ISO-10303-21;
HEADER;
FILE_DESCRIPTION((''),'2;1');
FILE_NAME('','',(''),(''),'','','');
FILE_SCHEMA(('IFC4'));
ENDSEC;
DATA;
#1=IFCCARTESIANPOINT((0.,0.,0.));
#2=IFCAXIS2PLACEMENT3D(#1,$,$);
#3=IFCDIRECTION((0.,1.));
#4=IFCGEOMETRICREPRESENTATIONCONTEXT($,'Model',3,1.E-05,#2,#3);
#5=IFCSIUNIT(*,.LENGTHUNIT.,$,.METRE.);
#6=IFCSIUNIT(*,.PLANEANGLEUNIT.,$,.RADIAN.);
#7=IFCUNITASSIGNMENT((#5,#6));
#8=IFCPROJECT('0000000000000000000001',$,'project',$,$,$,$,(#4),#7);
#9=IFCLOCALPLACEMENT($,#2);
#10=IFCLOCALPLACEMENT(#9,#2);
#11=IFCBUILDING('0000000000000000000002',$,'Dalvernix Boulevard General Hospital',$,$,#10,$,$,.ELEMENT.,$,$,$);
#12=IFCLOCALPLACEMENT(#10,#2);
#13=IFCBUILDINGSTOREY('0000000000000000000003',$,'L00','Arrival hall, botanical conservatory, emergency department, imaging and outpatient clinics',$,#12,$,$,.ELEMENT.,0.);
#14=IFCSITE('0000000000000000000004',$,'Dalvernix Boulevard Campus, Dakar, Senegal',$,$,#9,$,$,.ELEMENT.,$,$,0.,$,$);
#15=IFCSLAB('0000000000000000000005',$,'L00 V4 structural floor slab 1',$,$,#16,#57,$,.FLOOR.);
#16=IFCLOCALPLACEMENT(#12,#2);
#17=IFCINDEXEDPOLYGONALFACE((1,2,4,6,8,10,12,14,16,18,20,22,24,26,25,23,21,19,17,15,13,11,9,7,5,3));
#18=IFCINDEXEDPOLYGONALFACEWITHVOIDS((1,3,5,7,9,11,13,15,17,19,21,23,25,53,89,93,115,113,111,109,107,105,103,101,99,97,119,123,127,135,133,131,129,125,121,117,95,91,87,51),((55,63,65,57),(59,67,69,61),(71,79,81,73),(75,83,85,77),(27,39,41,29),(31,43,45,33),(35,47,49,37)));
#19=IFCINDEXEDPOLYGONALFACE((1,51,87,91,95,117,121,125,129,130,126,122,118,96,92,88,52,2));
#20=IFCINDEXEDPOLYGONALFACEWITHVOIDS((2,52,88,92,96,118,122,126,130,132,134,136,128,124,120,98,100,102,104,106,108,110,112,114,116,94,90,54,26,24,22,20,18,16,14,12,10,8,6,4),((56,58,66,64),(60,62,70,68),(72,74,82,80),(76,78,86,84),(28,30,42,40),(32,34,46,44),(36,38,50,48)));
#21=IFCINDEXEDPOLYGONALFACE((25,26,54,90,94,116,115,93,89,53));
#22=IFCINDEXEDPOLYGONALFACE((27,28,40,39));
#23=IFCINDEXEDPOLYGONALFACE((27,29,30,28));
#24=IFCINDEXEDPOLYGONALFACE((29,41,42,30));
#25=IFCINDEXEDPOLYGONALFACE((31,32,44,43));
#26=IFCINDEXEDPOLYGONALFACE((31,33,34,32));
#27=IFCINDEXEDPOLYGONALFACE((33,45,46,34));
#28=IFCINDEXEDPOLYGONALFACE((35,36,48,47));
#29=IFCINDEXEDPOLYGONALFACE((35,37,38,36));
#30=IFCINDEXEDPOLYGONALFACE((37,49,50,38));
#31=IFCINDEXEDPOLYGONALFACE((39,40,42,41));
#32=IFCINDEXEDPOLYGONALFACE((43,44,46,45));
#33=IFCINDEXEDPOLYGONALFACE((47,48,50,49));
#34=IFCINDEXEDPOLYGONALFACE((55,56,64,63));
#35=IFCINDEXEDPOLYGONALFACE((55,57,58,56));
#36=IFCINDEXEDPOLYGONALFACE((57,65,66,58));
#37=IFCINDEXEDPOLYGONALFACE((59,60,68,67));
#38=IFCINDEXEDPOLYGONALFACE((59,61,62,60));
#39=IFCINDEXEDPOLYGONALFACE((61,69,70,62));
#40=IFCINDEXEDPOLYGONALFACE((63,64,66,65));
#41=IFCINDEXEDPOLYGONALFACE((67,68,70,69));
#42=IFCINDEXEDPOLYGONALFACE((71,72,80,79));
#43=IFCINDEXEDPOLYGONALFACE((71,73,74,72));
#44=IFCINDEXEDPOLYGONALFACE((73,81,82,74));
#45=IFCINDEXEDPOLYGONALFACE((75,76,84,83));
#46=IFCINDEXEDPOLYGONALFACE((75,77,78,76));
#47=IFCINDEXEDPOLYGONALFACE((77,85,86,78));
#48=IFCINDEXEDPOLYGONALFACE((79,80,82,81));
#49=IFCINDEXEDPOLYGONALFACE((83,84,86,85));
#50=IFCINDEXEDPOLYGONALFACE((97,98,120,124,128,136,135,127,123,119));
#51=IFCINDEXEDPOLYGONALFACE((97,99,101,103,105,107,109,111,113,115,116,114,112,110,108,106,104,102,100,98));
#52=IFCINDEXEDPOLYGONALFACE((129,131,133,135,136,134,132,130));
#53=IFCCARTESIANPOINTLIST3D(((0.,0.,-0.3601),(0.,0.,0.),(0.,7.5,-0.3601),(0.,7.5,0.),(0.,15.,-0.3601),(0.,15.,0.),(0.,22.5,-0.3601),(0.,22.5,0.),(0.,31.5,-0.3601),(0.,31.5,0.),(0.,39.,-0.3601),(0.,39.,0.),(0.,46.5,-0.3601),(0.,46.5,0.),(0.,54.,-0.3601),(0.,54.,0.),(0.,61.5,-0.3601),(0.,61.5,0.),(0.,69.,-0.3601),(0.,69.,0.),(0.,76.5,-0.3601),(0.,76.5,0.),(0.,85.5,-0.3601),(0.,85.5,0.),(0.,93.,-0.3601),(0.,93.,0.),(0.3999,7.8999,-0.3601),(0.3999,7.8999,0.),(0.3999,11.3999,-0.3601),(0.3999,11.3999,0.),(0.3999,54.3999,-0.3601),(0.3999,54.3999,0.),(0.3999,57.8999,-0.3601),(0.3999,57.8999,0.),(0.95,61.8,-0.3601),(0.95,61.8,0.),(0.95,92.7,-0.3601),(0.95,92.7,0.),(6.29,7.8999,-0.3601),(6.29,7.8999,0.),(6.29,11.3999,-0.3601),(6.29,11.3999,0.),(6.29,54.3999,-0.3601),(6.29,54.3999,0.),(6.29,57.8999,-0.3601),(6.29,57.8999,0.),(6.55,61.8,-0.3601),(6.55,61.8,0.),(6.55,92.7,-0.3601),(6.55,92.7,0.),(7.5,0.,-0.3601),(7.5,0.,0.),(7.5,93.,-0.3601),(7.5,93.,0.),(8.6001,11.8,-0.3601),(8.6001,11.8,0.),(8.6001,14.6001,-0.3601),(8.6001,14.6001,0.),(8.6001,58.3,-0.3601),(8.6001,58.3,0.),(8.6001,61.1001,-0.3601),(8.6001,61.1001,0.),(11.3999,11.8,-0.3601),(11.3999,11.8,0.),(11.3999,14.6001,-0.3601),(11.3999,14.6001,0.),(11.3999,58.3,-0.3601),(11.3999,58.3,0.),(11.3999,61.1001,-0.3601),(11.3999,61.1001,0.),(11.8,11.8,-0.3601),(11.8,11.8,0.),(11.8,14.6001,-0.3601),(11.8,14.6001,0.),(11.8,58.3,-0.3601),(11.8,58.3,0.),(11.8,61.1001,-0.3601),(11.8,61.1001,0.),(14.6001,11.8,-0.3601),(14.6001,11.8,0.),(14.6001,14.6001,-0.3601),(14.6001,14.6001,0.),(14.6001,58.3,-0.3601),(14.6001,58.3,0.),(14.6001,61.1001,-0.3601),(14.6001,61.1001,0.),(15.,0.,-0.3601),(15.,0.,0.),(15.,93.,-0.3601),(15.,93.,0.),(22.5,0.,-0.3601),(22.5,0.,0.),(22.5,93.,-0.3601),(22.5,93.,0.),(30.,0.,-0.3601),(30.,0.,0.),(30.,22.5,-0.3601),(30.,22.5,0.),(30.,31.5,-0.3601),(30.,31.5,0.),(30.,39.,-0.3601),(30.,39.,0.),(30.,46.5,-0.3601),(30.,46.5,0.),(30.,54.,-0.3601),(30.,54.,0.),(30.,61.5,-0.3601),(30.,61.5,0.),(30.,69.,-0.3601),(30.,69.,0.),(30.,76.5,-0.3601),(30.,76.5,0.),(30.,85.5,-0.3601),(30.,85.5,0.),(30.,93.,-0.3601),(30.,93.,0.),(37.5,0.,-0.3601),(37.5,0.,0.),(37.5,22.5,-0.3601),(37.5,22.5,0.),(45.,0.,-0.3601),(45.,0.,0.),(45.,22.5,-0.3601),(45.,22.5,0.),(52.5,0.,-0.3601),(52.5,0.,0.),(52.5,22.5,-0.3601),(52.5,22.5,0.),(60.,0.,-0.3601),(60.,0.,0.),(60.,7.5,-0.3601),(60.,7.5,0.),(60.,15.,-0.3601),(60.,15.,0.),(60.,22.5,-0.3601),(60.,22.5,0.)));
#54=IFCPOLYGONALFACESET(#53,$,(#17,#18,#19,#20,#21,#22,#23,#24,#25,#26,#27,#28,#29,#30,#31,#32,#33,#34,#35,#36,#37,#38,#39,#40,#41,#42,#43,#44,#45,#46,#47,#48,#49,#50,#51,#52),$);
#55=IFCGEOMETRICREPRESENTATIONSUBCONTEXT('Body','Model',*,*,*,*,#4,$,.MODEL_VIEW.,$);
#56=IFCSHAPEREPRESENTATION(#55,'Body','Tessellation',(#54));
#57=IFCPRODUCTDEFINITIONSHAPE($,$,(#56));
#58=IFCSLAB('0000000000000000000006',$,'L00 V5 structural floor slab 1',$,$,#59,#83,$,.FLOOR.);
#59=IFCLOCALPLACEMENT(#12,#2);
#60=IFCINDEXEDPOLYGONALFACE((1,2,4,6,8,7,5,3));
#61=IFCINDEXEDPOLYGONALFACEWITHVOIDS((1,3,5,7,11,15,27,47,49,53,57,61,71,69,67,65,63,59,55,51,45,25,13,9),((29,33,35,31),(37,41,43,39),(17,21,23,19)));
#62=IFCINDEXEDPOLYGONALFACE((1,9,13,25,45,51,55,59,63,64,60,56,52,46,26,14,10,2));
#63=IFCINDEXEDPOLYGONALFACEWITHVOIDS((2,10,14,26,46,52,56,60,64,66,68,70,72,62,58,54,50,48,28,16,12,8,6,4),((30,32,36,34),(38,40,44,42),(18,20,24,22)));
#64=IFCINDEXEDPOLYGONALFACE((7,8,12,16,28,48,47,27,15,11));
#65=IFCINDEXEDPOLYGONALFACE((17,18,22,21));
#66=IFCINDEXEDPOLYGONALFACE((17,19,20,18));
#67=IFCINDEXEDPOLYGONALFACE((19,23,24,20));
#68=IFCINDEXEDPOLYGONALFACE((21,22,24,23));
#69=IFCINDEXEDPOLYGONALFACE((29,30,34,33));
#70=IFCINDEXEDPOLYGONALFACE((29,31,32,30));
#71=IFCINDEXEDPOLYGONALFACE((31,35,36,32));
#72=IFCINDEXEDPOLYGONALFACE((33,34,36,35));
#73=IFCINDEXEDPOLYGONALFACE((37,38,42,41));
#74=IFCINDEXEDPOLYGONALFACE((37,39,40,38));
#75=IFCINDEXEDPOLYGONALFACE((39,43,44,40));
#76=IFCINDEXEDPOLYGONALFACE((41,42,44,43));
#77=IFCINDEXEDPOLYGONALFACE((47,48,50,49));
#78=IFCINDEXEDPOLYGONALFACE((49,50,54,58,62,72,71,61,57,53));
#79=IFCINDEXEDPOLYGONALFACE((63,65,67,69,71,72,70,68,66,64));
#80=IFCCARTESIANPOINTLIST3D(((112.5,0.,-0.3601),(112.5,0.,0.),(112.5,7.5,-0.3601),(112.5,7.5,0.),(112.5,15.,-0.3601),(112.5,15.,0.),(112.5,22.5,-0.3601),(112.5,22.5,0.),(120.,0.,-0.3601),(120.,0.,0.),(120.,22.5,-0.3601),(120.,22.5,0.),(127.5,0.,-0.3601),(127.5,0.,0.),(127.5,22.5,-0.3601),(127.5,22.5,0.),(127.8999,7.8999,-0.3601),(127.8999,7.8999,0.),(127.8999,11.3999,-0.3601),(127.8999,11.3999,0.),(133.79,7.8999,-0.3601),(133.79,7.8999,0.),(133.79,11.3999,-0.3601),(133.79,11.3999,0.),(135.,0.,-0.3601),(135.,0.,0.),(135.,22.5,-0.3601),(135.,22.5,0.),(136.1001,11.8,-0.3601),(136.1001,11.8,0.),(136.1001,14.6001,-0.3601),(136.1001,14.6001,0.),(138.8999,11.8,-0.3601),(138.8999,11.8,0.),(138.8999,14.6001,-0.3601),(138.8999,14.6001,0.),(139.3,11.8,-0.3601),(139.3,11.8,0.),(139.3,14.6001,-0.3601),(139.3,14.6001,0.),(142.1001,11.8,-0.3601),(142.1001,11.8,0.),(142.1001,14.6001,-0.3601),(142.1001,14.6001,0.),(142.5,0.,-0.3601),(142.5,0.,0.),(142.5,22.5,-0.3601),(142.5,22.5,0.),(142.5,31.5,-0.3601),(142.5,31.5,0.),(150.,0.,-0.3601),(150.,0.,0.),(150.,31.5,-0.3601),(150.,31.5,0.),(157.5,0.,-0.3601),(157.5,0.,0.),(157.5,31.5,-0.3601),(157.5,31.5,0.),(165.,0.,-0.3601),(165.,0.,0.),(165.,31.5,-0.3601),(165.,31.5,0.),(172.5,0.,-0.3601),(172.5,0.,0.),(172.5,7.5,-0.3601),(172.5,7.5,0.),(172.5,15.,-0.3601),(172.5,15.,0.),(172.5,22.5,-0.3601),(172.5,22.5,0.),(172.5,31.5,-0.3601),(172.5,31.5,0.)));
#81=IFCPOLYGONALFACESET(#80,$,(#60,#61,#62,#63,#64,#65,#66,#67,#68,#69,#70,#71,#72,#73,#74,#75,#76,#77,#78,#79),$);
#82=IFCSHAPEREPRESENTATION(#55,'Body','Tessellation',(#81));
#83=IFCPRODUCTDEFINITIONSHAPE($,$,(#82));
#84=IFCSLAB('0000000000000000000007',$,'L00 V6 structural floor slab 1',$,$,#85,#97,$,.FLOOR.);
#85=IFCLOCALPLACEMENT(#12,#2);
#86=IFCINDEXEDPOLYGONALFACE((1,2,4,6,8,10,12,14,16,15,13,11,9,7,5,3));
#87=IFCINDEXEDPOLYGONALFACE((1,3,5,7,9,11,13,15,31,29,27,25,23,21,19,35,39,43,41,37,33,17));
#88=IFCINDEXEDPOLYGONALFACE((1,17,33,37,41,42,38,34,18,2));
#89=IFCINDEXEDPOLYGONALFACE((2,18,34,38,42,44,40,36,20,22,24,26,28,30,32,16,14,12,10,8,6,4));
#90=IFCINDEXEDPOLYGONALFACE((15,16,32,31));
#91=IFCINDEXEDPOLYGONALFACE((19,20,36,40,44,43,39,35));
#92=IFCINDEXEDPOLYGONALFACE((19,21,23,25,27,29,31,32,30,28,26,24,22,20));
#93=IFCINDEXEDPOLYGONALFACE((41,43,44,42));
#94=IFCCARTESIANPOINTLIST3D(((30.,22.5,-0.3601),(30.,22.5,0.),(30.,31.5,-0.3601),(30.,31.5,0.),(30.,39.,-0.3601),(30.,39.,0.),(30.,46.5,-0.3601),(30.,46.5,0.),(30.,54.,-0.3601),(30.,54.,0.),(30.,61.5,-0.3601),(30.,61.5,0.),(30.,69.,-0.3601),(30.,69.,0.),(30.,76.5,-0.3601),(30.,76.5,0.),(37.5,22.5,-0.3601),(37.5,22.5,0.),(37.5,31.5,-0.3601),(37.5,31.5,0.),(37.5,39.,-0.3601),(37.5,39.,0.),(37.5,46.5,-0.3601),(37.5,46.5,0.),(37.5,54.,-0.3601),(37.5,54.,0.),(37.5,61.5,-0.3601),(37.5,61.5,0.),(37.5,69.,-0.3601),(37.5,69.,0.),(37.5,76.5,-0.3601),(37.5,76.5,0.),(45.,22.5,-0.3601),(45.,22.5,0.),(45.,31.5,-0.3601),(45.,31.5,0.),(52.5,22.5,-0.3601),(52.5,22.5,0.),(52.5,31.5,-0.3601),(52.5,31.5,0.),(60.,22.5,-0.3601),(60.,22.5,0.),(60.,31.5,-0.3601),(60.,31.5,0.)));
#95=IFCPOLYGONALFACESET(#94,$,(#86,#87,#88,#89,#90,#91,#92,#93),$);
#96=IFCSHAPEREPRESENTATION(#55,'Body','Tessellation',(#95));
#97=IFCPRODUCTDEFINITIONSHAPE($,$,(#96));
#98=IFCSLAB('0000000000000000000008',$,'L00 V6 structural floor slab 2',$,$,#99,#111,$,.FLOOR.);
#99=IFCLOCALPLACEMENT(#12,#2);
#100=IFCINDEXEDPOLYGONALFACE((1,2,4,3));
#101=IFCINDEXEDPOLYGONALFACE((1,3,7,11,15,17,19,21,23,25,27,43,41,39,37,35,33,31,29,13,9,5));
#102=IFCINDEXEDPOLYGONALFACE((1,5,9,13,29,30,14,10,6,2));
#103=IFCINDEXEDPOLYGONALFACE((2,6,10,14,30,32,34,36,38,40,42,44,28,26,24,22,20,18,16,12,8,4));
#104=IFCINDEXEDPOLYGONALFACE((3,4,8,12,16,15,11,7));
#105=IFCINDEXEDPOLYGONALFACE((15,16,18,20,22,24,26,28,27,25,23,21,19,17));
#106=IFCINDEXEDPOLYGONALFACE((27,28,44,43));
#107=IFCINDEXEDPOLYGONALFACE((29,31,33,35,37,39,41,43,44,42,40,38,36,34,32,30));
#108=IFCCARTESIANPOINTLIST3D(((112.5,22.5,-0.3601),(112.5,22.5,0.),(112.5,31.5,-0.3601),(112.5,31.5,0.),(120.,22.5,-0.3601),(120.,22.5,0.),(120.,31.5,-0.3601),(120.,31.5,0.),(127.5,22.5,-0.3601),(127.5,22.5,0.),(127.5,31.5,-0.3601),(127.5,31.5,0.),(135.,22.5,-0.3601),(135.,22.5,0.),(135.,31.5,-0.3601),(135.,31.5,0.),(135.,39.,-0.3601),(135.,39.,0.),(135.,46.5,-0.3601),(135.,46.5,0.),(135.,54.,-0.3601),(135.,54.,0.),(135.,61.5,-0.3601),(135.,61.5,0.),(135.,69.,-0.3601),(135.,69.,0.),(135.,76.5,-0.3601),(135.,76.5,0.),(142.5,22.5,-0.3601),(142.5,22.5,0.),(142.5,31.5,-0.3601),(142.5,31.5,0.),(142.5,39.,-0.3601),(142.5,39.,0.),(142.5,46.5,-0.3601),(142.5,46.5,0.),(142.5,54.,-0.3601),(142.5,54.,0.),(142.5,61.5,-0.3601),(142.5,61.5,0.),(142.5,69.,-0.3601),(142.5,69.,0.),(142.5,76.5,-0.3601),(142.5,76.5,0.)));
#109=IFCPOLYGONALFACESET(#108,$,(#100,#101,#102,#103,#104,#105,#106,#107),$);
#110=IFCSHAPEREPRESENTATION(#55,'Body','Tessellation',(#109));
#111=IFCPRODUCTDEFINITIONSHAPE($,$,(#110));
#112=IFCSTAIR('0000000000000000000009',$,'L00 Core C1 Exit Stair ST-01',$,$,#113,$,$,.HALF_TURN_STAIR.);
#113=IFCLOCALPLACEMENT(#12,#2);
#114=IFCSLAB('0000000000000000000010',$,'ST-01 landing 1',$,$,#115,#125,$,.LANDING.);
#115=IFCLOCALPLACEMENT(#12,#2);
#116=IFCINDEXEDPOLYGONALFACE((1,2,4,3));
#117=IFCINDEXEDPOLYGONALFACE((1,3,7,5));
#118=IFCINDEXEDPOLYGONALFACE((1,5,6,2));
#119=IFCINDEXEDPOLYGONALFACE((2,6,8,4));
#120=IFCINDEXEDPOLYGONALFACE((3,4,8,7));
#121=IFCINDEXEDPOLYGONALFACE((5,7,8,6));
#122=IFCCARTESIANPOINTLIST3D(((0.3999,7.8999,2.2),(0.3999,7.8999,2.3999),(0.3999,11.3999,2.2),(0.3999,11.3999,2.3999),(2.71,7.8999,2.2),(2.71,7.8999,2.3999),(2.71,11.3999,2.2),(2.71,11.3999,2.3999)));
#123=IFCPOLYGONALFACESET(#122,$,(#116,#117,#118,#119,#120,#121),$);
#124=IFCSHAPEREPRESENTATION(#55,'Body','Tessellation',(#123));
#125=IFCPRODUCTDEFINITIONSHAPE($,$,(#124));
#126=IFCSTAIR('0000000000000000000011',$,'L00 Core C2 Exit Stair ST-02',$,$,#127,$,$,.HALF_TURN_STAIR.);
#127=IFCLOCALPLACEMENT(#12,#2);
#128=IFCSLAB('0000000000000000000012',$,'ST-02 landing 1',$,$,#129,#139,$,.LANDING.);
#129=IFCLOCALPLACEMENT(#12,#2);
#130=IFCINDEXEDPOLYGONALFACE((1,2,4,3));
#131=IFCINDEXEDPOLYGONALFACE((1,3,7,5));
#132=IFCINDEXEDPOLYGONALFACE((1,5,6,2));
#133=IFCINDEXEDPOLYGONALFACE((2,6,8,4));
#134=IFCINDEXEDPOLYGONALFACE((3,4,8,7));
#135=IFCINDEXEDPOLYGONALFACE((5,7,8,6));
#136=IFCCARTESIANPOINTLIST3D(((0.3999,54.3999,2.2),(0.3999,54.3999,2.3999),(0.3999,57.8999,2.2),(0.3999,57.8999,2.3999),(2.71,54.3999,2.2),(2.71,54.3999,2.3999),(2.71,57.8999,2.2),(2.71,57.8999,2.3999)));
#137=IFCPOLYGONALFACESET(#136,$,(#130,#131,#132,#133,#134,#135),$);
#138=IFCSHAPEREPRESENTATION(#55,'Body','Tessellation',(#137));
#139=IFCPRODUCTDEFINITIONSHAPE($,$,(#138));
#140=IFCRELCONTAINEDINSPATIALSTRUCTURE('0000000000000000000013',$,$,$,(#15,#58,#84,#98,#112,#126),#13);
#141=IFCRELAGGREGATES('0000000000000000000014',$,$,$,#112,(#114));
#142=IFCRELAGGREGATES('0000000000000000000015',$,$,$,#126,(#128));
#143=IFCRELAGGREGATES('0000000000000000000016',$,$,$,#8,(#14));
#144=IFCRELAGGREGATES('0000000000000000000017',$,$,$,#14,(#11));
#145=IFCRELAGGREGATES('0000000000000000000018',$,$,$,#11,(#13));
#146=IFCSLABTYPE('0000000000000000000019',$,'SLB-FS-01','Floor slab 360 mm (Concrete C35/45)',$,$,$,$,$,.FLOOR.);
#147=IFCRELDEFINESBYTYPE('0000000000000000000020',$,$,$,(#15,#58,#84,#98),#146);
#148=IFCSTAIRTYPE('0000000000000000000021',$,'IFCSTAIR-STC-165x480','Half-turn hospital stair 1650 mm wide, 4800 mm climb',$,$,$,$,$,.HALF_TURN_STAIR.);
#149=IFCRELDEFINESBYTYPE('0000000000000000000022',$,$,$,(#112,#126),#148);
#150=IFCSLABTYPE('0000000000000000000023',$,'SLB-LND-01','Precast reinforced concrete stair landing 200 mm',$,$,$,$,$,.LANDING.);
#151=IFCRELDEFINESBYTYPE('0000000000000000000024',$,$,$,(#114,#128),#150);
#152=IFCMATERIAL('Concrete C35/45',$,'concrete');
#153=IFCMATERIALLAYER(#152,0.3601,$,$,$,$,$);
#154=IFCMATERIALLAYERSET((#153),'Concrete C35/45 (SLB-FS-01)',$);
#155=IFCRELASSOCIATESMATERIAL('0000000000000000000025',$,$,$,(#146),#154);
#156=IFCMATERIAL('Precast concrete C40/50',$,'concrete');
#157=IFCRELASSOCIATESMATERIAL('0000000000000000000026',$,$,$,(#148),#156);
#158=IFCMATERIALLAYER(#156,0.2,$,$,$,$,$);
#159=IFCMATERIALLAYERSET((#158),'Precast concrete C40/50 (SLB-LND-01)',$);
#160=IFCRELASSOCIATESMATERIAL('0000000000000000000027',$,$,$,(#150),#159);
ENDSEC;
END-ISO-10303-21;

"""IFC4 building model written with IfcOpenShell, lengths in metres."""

from ifc_helpers import new_model, si_unit, direction, frame, origin, place, context, subcontext, project, spatial, polyline, outline, extrude, material, layer, layer_set, type_object, element, aggregate, save


model = new_model("IFC4")

# Units and contexts
model_context = context("Model", 3, precision=1e-05, world=origin(), true_north=direction((0.0, 1.0)))
body_context = subcontext(model_context, "Body", "Model", "MODEL_VIEW")
ifc_project = project(units=[si_unit("LENGTHUNIT", "METRE"), si_unit("PLANEANGLEUNIT", "RADIAN")], contexts=[model_context])

# Site, building, storey
site_placement = place(None, origin())
site = spatial("IfcSite", under=ifc_project, at=site_placement, Name="Dalvernix Boulevard Campus, Dakar, Senegal", CompositionType="ELEMENT", RefElevation=0.0)
building_placement = place(site_placement, origin())
building = spatial("IfcBuilding", under=site, at=building_placement, Name="Dalvernix Boulevard General Hospital", CompositionType="ELEMENT")
storey_placement = place(building_placement, origin())
storey = spatial("IfcBuildingStorey", under=building, at=storey_placement, Name="L00", Description="Arrival hall, botanical conservatory, emergency department, imaging and outpatient clinics", CompositionType="ELEMENT", Elevation=0.0)

# Shared definitions
ifc_material_1 = material(Name="Concrete C35/45", Category="concrete")

# Slabs
ifc_layer_1 = layer(ifc_material_1, 0.3601)
ifc_layer_set_1 = layer_set([ifc_layer_1], Name="Concrete C35/45 (SLB-FS-01)")
slab_type_1 = type_object("IfcSlabType", Name="SLB-FS-01", Description="Floor slab 360 mm (Concrete C35/45)", PredefinedType="FLOOR", material=ifc_layer_set_1)
slab_1_placement = place(storey_placement, frame((0.0, 0.0, -0.3601)))
element("IfcSlab", 1, at=slab_1_placement, inside=storey, type_object=slab_type_1, Name="L00 V4 structural floor slab 1", PredefinedType="FLOOR", context=body_context, shape_type="SweptSolid", body=[
    extrude(outline(polyline([(0.0, 76.5), (0.0, 85.5), (0.0, 93.0), (7.5, 93.0), (15.0, 93.0), (22.5, 93.0), (30.0, 93.0), (30.0, 85.5), (30.0, 76.5), (30.0, 69.0), (30.0, 61.5), (30.0, 54.0), (30.0, 46.5), (30.0, 39.0), (30.0, 31.5), (30.0, 22.5), (37.5, 22.5), (45.0, 22.5), (52.5, 22.5), (60.0, 22.5), (60.0, 15.0), (60.0, 7.5), (60.0, 0.0), (52.5, 0.0), (45.0, 0.0), (37.5, 0.0), (30.0, 0.0), (22.5, 0.0), (15.0, 0.0), (7.5, 0.0), (0.0, 0.0), (0.0, 7.5), (0.0, 15.0), (0.0, 22.5), (0.0, 31.5), (0.0, 39.0), (0.0, 46.5), (0.0, 54.0), (0.0, 61.5), (0.0, 69.0), (0.0, 76.5)]), holes=[polyline([(0.3999, 7.8999), (6.29, 7.8999), (6.29, 11.3999), (0.3999, 11.3999), (0.3999, 7.8999)]), polyline([(8.6001, 14.6001), (8.6001, 11.8), (11.3999, 11.8), (11.3999, 14.6001), (8.6001, 14.6001)]), polyline([(14.6001, 14.6001), (11.8, 14.6001), (11.8, 11.8), (14.6001, 11.8), (14.6001, 14.6001)]), polyline([(6.29, 54.3999), (6.29, 57.8999), (0.3999, 57.8999), (0.3999, 54.3999), (6.29, 54.3999)]), polyline([(8.6001, 58.3), (11.3999, 58.3), (11.3999, 61.1001), (8.6001, 61.1001), (8.6001, 58.3)]), polyline([(11.8, 61.1001), (11.8, 58.3), (14.6001, 58.3), (14.6001, 61.1001), (11.8, 61.1001)]), polyline([(6.55, 61.8), (6.55, 92.7), (0.95, 92.7), (0.95, 61.8), (6.55, 61.8)])]), origin(), (0.0, 0.0, 1.0), 0.3601),
])
slab_2_placement = place(storey_placement, frame((0.0, 0.0, -0.3601)))
element("IfcSlab", 2, at=slab_2_placement, inside=storey, type_object=slab_type_1, Name="L00 V5 structural floor slab 1", PredefinedType="FLOOR", context=body_context, shape_type="SweptSolid", body=[
    extrude(outline(polyline([(135.0, 22.5), (142.5, 22.5), (142.5, 31.5), (150.0, 31.5), (157.5, 31.5), (165.0, 31.5), (172.5, 31.5), (172.5, 22.5), (172.5, 15.0), (172.5, 7.5), (172.5, 0.0), (165.0, 0.0), (157.5, 0.0), (150.0, 0.0), (142.5, 0.0), (135.0, 0.0), (127.5, 0.0), (120.0, 0.0), (112.5, 0.0), (112.5, 7.5), (112.5, 15.0), (112.5, 22.5), (120.0, 22.5), (127.5, 22.5), (135.0, 22.5)]), holes=[polyline([(127.8999, 7.8999), (133.79, 7.8999), (133.79, 11.3999), (127.8999, 11.3999), (127.8999, 7.8999)]), polyline([(136.1001, 14.6001), (136.1001, 11.8), (138.8999, 11.8), (138.8999, 14.6001), (136.1001, 14.6001)]), polyline([(142.1001, 14.6001), (139.3, 14.6001), (139.3, 11.8), (142.1001, 11.8), (142.1001, 14.6001)])]), origin(), (0.0, 0.0, 1.0), 0.3601),
])
slab_3_placement = place(storey_placement, frame((0.0, 0.0, -0.3601)))
element("IfcSlab", 3, at=slab_3_placement, inside=storey, type_object=slab_type_1, Name="L00 V6 structural floor slab 1", PredefinedType="FLOOR", context=body_context, shape_type="SweptSolid", body=[
    extrude(outline(polyline([(30.0, 46.5), (30.0, 54.0), (30.0, 61.5), (30.0, 69.0), (30.0, 76.5), (37.5, 76.5), (37.5, 69.0), (37.5, 61.5), (37.5, 54.0), (37.5, 46.5), (37.5, 39.0), (37.5, 31.5), (45.0, 31.5), (52.5, 31.5), (60.0, 31.5), (60.0, 22.5), (52.5, 22.5), (45.0, 22.5), (37.5, 22.5), (30.0, 22.5), (30.0, 31.5), (30.0, 39.0), (30.0, 46.5)])), origin(), (0.0, 0.0, 1.0), 0.3601),
])
slab_4_placement = place(storey_placement, frame((0.0, 0.0, -0.3601)))
element("IfcSlab", 4, at=slab_4_placement, inside=storey, type_object=slab_type_1, Name="L00 V6 structural floor slab 2", PredefinedType="FLOOR", context=body_context, shape_type="SweptSolid", body=[
    extrude(outline(polyline([(127.5, 31.5), (135.0, 31.5), (135.0, 39.0), (135.0, 46.5), (135.0, 54.0), (135.0, 61.5), (135.0, 69.0), (135.0, 76.5), (142.5, 76.5), (142.5, 69.0), (142.5, 61.5), (142.5, 54.0), (142.5, 46.5), (142.5, 39.0), (142.5, 31.5), (142.5, 22.5), (135.0, 22.5), (127.5, 22.5), (120.0, 22.5), (112.5, 22.5), (112.5, 31.5), (120.0, 31.5), (127.5, 31.5)])), origin(), (0.0, 0.0, 1.0), 0.3601),
])

# Stairs, slabs
ifc_material_2 = material(Name="Precast concrete C40/50", Category="concrete")
stair_type_1 = type_object("IfcStairType", Name="IFCSTAIR-STC-165x480", Description="Half-turn hospital stair 1650 mm wide, 4800 mm climb", PredefinedType="HALF_TURN_STAIR", material=ifc_material_2)
stair_1_placement = place(storey_placement, origin())
stair_1 = element("IfcStair", 5, at=stair_1_placement, inside=storey, type_object=stair_type_1, Name="L00 Core C1 Exit Stair ST-01", PredefinedType="HALF_TURN_STAIR")
ifc_layer_2 = layer(ifc_material_2, 0.2)
ifc_layer_set_2 = layer_set([ifc_layer_2], Name="Precast concrete C40/50 (SLB-LND-01)")
slab_type_2 = type_object("IfcSlabType", Name="SLB-LND-01", Description="Precast reinforced concrete stair landing 200 mm", PredefinedType="LANDING", material=ifc_layer_set_2)
slab_5_placement = place(storey_placement, frame((0.0, 0.0, 2.2)))
slab_5 = element("IfcSlab", 6, at=slab_5_placement, type_object=slab_type_2, Name="ST-01 landing 1", PredefinedType="LANDING", context=body_context, shape_type="SweptSolid", body=[
    extrude(outline(polyline([(2.71, 11.3999), (0.3999, 11.3999), (0.3999, 7.8999), (2.71, 7.8999), (2.71, 11.3999)])), origin(), (0.0, 0.0, 1.0), 0.2),
])
aggregate(stair_1, [slab_5])
stair_2_placement = place(storey_placement, origin())
stair_2 = element("IfcStair", 7, at=stair_2_placement, inside=storey, type_object=stair_type_1, Name="L00 Core C2 Exit Stair ST-02", PredefinedType="HALF_TURN_STAIR")
slab_6_placement = place(storey_placement, frame((0.0, 0.0, 2.2)))
slab_6 = element("IfcSlab", 8, at=slab_6_placement, type_object=slab_type_2, Name="ST-02 landing 1", PredefinedType="LANDING", context=body_context, shape_type="SweptSolid", body=[
    extrude(outline(polyline([(2.71, 57.8999), (0.3999, 57.8999), (0.3999, 54.3999), (2.71, 54.3999), (2.71, 57.8999)])), origin(), (0.0, 0.0, 1.0), 0.2),
])
aggregate(stair_2, [slab_6])

save(model, "model.ifc")
